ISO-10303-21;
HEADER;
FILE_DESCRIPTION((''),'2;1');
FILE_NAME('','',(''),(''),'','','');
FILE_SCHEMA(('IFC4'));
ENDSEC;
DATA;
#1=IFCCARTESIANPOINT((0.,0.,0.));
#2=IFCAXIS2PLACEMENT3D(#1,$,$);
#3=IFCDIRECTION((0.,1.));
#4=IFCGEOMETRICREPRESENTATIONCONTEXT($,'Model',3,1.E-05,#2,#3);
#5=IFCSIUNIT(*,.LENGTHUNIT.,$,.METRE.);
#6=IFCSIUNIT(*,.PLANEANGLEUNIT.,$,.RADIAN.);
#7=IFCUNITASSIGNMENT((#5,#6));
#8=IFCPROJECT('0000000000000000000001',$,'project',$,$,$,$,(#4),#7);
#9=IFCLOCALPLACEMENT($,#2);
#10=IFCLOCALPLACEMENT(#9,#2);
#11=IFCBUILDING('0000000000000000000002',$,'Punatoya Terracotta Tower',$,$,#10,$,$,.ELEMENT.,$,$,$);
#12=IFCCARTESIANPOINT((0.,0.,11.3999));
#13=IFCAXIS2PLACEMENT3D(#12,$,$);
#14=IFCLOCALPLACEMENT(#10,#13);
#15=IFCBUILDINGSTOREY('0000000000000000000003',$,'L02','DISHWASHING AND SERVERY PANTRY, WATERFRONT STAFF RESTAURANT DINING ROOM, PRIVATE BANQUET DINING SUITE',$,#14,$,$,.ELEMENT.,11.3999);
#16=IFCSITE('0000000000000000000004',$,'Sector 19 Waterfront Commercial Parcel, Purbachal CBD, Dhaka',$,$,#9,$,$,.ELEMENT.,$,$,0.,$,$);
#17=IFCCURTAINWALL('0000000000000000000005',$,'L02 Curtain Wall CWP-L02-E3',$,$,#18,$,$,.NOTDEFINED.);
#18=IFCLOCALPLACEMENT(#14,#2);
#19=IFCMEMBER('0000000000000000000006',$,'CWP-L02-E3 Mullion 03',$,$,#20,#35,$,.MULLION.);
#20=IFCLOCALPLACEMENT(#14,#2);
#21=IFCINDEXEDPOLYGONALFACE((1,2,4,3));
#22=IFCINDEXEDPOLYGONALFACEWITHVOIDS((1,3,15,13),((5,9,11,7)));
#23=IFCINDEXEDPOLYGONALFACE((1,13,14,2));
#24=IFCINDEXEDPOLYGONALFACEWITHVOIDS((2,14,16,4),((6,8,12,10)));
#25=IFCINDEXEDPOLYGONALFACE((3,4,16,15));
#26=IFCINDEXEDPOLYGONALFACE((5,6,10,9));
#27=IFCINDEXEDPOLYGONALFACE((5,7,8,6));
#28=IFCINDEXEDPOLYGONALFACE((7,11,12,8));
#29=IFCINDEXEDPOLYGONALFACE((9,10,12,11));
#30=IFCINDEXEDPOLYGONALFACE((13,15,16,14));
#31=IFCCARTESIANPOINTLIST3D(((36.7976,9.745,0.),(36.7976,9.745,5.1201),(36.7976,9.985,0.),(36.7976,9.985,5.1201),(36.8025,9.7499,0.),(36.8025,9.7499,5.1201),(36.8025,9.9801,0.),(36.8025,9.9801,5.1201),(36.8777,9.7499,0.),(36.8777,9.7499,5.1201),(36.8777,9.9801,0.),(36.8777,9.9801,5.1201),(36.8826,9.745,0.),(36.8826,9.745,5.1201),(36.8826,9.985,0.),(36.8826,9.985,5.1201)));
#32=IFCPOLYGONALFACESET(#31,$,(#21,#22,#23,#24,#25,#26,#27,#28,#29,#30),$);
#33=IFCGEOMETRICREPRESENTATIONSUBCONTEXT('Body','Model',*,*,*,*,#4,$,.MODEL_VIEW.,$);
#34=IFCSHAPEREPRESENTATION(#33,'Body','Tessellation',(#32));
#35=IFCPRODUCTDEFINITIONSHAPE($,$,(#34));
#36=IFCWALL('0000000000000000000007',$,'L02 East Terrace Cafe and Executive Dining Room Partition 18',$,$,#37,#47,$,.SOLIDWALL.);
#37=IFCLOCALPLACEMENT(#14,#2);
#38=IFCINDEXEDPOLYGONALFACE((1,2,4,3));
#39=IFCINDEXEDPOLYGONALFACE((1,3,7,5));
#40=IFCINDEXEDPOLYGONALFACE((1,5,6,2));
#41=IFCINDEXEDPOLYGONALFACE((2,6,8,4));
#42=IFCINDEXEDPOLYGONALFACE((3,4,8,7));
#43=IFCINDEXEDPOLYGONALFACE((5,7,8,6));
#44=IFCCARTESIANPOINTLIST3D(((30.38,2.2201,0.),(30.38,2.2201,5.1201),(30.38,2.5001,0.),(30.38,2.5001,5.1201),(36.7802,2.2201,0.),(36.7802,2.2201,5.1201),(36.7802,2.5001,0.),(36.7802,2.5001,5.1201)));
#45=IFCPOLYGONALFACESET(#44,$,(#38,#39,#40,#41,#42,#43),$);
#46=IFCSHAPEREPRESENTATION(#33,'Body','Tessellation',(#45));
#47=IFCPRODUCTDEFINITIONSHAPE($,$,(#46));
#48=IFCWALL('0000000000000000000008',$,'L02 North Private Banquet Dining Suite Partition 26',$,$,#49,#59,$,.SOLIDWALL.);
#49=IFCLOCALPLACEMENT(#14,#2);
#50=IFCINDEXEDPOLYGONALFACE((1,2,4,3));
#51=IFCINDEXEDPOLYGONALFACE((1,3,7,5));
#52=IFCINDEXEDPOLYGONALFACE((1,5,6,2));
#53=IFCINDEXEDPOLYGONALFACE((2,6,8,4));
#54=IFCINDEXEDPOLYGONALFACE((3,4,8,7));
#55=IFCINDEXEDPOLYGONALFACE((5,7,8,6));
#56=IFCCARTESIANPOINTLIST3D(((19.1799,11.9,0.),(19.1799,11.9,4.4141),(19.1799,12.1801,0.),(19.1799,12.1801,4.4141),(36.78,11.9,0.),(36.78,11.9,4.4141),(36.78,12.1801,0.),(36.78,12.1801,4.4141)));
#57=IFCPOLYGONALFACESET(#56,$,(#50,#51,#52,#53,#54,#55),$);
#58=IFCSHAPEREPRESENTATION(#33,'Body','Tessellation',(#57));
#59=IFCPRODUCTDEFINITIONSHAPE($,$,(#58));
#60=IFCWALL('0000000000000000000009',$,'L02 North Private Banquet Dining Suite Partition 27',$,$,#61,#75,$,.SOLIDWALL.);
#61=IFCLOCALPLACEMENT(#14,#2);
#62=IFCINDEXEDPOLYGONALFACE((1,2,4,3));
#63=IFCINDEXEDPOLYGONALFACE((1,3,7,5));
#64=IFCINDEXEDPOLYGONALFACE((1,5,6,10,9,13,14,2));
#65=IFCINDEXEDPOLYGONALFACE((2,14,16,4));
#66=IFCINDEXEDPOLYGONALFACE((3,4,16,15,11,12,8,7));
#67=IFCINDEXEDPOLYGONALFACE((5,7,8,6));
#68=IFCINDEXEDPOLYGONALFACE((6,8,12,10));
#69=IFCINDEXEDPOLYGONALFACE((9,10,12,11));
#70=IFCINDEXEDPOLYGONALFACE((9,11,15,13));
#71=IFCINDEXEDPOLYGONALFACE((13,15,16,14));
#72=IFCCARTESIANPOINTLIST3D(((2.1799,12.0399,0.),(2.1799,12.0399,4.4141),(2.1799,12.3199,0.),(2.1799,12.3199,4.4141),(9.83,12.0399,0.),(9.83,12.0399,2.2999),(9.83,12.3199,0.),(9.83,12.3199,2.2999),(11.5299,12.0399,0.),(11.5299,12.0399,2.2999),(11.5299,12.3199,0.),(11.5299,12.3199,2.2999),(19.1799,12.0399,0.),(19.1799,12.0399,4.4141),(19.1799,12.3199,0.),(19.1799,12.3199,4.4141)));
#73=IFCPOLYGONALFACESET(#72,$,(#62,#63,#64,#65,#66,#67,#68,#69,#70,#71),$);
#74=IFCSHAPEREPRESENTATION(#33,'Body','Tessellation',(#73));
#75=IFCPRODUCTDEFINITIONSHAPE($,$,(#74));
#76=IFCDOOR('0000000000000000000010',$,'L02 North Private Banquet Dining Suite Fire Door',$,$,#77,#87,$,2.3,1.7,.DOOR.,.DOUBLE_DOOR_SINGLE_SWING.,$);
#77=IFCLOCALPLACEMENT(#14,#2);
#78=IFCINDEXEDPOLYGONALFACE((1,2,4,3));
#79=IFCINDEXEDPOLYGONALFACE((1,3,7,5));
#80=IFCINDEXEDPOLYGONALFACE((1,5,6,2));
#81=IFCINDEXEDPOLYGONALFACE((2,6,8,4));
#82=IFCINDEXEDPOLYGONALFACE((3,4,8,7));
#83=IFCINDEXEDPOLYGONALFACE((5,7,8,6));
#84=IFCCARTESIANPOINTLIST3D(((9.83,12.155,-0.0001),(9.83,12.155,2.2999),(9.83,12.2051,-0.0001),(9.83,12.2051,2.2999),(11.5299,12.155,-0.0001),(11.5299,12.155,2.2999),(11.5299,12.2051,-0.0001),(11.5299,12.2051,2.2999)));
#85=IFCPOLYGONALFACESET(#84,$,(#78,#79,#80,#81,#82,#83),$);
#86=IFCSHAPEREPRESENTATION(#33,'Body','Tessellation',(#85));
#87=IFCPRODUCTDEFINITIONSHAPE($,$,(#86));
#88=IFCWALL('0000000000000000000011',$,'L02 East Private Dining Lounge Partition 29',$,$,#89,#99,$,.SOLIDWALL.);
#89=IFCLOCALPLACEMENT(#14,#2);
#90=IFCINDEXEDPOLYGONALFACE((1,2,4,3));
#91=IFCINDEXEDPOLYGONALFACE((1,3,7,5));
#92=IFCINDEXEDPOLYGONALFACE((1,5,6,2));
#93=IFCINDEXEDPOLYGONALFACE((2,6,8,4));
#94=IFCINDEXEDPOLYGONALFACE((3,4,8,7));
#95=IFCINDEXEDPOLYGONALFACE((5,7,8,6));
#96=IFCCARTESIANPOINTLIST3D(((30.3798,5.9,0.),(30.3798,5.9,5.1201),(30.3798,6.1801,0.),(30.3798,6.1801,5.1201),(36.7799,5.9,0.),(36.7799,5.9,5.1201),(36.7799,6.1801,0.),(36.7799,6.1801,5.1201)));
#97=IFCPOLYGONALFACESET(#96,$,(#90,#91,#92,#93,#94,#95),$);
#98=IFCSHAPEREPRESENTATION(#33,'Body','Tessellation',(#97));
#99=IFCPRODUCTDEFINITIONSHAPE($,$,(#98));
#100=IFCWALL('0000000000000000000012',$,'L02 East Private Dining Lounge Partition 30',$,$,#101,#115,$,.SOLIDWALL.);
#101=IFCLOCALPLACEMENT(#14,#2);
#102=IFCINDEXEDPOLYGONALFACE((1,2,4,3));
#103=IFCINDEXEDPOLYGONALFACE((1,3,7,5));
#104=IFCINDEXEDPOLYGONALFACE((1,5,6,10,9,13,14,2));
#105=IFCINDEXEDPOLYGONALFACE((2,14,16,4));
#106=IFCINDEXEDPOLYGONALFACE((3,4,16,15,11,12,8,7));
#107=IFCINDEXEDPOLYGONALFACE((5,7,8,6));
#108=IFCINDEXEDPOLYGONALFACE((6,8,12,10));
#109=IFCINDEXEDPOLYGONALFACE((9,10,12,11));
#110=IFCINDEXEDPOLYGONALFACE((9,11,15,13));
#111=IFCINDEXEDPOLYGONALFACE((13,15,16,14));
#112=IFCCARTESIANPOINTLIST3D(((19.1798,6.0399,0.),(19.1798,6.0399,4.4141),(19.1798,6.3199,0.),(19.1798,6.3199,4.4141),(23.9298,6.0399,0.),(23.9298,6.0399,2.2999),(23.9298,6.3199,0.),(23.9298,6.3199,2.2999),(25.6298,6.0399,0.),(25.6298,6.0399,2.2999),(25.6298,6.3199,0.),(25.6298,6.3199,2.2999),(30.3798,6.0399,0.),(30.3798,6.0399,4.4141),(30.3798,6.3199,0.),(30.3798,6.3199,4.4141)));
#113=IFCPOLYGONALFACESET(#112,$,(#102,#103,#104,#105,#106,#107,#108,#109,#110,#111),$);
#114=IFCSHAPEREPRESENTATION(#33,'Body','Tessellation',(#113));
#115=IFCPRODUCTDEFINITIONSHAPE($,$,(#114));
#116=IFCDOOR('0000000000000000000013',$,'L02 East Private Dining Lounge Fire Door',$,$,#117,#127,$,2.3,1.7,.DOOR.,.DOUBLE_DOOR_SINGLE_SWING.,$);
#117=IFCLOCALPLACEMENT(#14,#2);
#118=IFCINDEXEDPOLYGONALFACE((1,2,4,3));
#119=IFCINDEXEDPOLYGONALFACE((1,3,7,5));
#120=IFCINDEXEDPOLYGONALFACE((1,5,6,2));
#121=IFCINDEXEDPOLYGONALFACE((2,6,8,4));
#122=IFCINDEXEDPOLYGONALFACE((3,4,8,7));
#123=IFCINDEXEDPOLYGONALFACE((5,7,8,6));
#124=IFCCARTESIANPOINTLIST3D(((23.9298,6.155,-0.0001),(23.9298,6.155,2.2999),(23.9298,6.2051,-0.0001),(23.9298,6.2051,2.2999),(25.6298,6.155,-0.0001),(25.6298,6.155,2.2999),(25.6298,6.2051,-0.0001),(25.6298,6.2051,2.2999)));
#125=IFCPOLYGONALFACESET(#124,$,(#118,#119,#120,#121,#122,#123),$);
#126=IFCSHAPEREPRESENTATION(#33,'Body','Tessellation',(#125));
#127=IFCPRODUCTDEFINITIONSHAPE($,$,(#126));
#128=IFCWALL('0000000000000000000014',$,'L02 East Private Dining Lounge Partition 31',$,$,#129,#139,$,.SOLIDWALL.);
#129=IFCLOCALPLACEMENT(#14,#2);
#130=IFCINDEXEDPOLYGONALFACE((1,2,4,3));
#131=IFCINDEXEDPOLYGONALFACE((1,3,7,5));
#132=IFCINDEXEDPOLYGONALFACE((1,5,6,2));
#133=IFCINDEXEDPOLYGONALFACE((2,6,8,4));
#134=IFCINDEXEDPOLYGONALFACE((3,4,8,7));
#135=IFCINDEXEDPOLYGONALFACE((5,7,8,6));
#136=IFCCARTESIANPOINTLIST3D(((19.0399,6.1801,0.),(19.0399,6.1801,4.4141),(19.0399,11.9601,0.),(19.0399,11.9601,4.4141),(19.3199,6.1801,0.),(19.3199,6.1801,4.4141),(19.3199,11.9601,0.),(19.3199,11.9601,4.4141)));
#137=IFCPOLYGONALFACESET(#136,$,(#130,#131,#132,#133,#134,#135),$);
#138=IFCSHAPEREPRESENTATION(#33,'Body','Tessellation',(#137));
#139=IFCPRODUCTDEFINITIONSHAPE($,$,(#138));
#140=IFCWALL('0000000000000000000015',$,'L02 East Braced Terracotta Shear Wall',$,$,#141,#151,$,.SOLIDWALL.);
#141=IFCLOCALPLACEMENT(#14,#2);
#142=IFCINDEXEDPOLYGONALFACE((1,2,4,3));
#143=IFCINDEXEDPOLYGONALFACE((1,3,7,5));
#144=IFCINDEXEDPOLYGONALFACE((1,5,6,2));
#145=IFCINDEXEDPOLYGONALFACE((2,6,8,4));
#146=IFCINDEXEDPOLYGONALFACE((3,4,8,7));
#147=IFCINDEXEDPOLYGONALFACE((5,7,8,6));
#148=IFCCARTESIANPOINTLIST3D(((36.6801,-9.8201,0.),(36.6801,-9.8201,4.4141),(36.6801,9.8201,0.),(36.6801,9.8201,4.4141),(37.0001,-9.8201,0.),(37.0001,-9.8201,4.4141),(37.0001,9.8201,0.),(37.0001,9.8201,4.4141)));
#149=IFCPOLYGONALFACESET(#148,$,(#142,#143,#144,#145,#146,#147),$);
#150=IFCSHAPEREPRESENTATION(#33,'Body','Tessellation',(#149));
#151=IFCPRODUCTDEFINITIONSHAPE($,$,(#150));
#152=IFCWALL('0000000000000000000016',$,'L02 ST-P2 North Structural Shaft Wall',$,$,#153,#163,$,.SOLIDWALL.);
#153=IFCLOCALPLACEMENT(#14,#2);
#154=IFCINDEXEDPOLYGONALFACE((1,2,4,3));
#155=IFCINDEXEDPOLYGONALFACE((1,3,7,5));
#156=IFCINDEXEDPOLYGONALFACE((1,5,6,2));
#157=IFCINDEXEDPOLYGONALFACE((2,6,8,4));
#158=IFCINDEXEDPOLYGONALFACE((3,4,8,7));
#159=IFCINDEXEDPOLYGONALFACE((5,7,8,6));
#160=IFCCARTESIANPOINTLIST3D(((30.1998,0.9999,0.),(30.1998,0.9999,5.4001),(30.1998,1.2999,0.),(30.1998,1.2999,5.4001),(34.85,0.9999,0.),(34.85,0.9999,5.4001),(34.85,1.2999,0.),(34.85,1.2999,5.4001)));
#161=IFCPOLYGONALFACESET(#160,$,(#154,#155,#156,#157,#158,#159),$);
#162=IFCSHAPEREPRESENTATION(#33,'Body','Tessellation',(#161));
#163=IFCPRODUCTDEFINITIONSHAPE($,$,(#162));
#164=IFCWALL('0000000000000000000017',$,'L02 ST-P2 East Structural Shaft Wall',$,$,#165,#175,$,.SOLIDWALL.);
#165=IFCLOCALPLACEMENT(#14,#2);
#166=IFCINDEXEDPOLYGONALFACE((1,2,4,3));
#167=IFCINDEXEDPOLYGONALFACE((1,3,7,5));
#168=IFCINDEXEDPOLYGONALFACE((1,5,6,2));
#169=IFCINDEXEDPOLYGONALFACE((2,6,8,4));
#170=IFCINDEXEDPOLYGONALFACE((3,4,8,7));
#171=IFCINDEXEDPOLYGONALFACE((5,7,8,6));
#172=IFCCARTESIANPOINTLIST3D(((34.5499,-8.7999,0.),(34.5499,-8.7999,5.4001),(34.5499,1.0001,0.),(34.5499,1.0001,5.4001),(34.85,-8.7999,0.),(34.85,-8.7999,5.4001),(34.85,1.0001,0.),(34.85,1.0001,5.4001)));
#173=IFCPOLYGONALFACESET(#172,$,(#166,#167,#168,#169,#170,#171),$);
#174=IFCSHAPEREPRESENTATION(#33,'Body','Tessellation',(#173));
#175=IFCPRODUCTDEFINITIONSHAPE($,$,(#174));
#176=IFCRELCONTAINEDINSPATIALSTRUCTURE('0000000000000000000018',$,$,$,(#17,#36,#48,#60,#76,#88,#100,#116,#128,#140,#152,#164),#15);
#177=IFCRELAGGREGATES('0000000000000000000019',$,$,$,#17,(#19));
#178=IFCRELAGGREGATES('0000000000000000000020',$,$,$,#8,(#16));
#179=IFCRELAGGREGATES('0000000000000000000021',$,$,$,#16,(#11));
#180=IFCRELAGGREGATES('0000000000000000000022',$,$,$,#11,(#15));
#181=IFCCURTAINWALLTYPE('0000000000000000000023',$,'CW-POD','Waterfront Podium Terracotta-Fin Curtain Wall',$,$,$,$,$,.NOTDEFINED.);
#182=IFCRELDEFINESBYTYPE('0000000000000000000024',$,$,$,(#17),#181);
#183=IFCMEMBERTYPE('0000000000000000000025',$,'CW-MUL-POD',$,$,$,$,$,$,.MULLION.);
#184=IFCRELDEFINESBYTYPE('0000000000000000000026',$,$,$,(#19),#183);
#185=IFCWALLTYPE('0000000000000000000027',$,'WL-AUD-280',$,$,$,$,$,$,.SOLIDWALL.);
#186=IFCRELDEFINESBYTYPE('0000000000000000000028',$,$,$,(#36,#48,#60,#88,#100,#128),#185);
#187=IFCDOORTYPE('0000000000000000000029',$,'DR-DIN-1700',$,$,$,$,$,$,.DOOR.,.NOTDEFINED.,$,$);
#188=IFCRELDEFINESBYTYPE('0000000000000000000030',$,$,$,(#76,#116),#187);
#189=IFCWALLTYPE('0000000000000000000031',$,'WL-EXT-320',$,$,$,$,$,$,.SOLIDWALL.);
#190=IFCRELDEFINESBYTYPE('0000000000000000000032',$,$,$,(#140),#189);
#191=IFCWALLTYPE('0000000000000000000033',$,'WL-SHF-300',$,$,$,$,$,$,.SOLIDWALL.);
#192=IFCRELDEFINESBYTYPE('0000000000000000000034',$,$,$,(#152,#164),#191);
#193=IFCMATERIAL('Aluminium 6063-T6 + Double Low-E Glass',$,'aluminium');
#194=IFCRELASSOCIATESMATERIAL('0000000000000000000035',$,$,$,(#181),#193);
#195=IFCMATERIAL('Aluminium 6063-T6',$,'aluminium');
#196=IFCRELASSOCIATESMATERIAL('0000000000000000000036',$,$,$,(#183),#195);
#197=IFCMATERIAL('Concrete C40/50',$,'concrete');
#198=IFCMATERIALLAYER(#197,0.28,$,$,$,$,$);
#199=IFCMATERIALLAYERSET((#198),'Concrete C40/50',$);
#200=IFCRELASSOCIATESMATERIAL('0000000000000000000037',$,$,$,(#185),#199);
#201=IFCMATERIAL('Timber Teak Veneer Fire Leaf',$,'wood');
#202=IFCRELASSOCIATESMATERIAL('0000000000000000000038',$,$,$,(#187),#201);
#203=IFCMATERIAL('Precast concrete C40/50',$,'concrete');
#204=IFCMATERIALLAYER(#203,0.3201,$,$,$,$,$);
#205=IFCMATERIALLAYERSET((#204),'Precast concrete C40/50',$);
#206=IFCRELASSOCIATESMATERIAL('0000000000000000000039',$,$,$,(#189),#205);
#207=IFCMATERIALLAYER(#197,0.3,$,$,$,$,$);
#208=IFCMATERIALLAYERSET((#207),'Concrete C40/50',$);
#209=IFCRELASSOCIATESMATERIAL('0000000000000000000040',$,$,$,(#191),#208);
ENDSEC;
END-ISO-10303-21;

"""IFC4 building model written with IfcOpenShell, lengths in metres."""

from ifc_helpers import new_model, si_unit, direction, frame, frame_2d, origin, origin_2d, place, context, subcontext, project, spatial, rectangle, hollow_rectangle, extrude, material, layer, layer_set, material_profile, profile_set, type_object, element, fill, aggregate, save


model = new_model("IFC4")

# Units and contexts
model_context = context("Model", 3, precision=1e-05, world=origin(), true_north=direction((0.0, 1.0)))
body_context = subcontext(model_context, "Body", "Model", "MODEL_VIEW")
ifc_project = project(units=[si_unit("LENGTHUNIT", "METRE"), si_unit("PLANEANGLEUNIT", "RADIAN")], contexts=[model_context])

# Site, building, storey
site_placement = place(None, origin())
site = spatial("IfcSite", under=ifc_project, at=site_placement, Name="Sector 19 Waterfront Commercial Parcel, Purbachal CBD, Dhaka", CompositionType="ELEMENT", RefElevation=0.0)
building_placement = place(site_placement, origin())
building = spatial("IfcBuilding", under=site, at=building_placement, Name="Punatoya Terracotta Tower", CompositionType="ELEMENT")
storey_placement = place(building_placement, frame((0.0, 0.0, 11.3999)))
storey = spatial("IfcBuildingStorey", under=building, at=storey_placement, Name="L02", Description="DISHWASHING AND SERVERY PANTRY, WATERFRONT STAFF RESTAURANT DINING ROOM, PRIVATE BANQUET DINING SUITE", CompositionType="ELEMENT", Elevation=11.3999)

# Curtain wall, member
ifc_material_1 = material(Name="Aluminium 6063-T6 + Double Low-E Glass", Category="aluminium")
curtain_wall_type = type_object("IfcCurtainWallType", Name="CW-POD", Description="Waterfront Podium Terracotta-Fin Curtain Wall", PredefinedType="NOTDEFINED", material=ifc_material_1)
curtain_wall_placement = place(storey_placement, origin())
curtain_wall = element("IfcCurtainWall", 1, at=curtain_wall_placement, inside=storey, type_object=curtain_wall_type, Name="L02 Curtain Wall CWP-L02-E3", PredefinedType="NOTDEFINED")
ifc_material_2 = material(Name="Aluminium 6063-T6", Category="aluminium")
ifc_material_profile_1 = material_profile(ifc_material_2, hollow_rectangle(XDim=0.085, YDim=0.24, WallThickness=0.0049, at=origin_2d()))
ifc_profile_set_1 = profile_set([ifc_material_profile_1], Name="Aluminium 6063-T6")
member_type = type_object("IfcMemberType", Name="CW-MUL-POD", PredefinedType="MULLION", material=ifc_profile_set_1)
member_placement = place(storey_placement, frame((36.8401, 9.865, 0.0), z_axis=(0.0, 0.0, 1.0), x_axis=(1.0, 0.0, 0.0)))
member = element("IfcMember", 2, at=member_placement, type_object=member_type, Name="CWP-L02-E3 Mullion 03", PredefinedType="MULLION", context=body_context, shape_type="SweptSolid", body=[
    extrude(hollow_rectangle(XDim=0.085, YDim=0.24, WallThickness=0.0049, at=origin_2d()), origin(), (0.0, 0.0, 1.0), 5.1201),
])
aggregate(curtain_wall, [member])

# Walls
ifc_material_3 = material(Name="Concrete C40/50", Category="concrete")
ifc_layer_1 = layer(ifc_material_3, 0.28)
ifc_layer_set_1 = layer_set([ifc_layer_1], Name="Concrete C40/50")
wall_type_1 = type_object("IfcWallType", Name="WL-AUD-280", PredefinedType="SOLIDWALL", material=ifc_layer_set_1)
wall_1_placement = place(storey_placement, frame((30.3799, 2.3601, 0.0), z_axis=(0.0, 0.0, 1.0), x_axis=(1.0, 0.0, 0.0)))
element("IfcWall", 3, at=wall_1_placement, inside=storey, type_object=wall_type_1, Name="L02 East Terrace Cafe and Executive Dining Room Partition 18", PredefinedType="SOLIDWALL", context=body_context, shape_type="SweptSolid", body=[
    extrude(rectangle(XDim=6.4001, YDim=0.28, at=frame_2d((3.2002, 0.0))), origin(), (0.0, 0.0, 1.0), 5.1201),
])
wall_2_placement = place(storey_placement, frame((36.78, 12.04, 0.0), z_axis=(0.0, 0.0, 1.0), x_axis=(-1.0, 0.0, 0.0)))
element("IfcWall", 4, at=wall_2_placement, inside=storey, type_object=wall_type_1, Name="L02 North Private Banquet Dining Suite Partition 26", PredefinedType="SOLIDWALL", context=body_context, shape_type="SweptSolid", body=[
    extrude(rectangle(XDim=17.6001, YDim=0.28, at=frame_2d((8.8, 0.0))), origin(), (0.0, 0.0, 1.0), 4.4141),
])

# Wall, opening, door
wall_3_placement = place(storey_placement, frame((19.1799, 12.1799, 0.0), z_axis=(0.0, 0.0, 1.0), x_axis=(-1.0, 0.0, 0.0)))
wall_3 = element("IfcWall", 5, at=wall_3_placement, inside=storey, type_object=wall_type_1, Name="L02 North Private Banquet Dining Suite Partition 27", PredefinedType="SOLIDWALL", context=body_context, shape_type="SweptSolid", body=[
    extrude(rectangle(XDim=17.0, YDim=0.28, at=frame_2d((8.5, 0.0))), origin(), (0.0, 0.0, 1.0), 4.4141),
])
opening_1_placement = place(wall_3_placement, frame((7.6499, 0.0, 0.0)))
opening_1 = element("IfcOpeningElement", 6, at=opening_1_placement, cuts=wall_3, PredefinedType="OPENING", context=body_context, shape_type="SweptSolid", body=[
    extrude(rectangle(XDim=1.7, YDim=2.3, at=frame_2d((0.8501, 1.1499))), frame((0.0, 0.1499, 0.0), z_axis=(0.0, -1.0, 0.0), x_axis=(1.0, 0.0, 0.0)), (0.0, 0.0, 1.0), 0.3),
])
ifc_material_4 = material(Name="Timber Teak Veneer Fire Leaf", Category="wood")
door_type = type_object("IfcDoorType", Name="DR-DIN-1700", OperationType="NOTDEFINED", PredefinedType="DOOR", material=ifc_material_4)
door_1_placement = place(opening_1_placement, origin())
door_1 = element("IfcDoor", 7, at=door_1_placement, inside=storey, type_object=door_type, Name="L02 North Private Banquet Dining Suite Fire Door", OperationType="DOUBLE_DOOR_SINGLE_SWING", OverallHeight=2.3, OverallWidth=1.7, PredefinedType="DOOR", context=body_context, shape_type="SweptSolid", body=[
    extrude(rectangle(XDim=1.7, YDim=2.3, at=frame_2d((0.8501, 1.1499))), frame((0.0, 0.0249, 0.0), z_axis=(0.0, -1.0, 0.0), x_axis=(1.0, 0.0, 0.0)), (0.0, 0.0, 1.0), 0.05),
])
fill(opening_1, door_1)

# Wall
wall_4_placement = place(storey_placement, frame((36.78, 6.04, 0.0), z_axis=(0.0, 0.0, 1.0), x_axis=(-1.0, 0.0, 0.0)))
element("IfcWall", 8, at=wall_4_placement, inside=storey, type_object=wall_type_1, Name="L02 East Private Dining Lounge Partition 29", PredefinedType="SOLIDWALL", context=body_context, shape_type="SweptSolid", body=[
    extrude(rectangle(XDim=6.4001, YDim=0.28, at=frame_2d((3.2002, 0.0))), origin(), (0.0, 0.0, 1.0), 5.1201),
])

# Wall, opening, door
wall_5_placement = place(storey_placement, frame((30.3799, 6.1799, 0.0), z_axis=(0.0, 0.0, 1.0), x_axis=(-1.0, 0.0, 0.0)))
wall_5 = element("IfcWall", 9, at=wall_5_placement, inside=storey, type_object=wall_type_1, Name="L02 East Private Dining Lounge Partition 30", PredefinedType="SOLIDWALL", context=body_context, shape_type="SweptSolid", body=[
    extrude(rectangle(XDim=11.2, YDim=0.28, at=frame_2d((5.6001, 0.0))), origin(), (0.0, 0.0, 1.0), 4.4141),
])
opening_2_placement = place(wall_5_placement, frame((4.75, 0.0, 0.0)))
opening_2 = element("IfcOpeningElement", 10, at=opening_2_placement, cuts=wall_5, PredefinedType="OPENING", context=body_context, shape_type="SweptSolid", body=[
    extrude(rectangle(XDim=1.7, YDim=2.3, at=frame_2d((0.8501, 1.1499))), frame((0.0, 0.1499, 0.0), z_axis=(0.0, -1.0, 0.0), x_axis=(1.0, 0.0, 0.0)), (0.0, 0.0, 1.0), 0.3),
])
door_2_placement = place(opening_2_placement, origin())
door_2 = element("IfcDoor", 11, at=door_2_placement, inside=storey, type_object=door_type, Name="L02 East Private Dining Lounge Fire Door", OperationType="DOUBLE_DOOR_SINGLE_SWING", OverallHeight=2.3, OverallWidth=1.7, PredefinedType="DOOR", context=body_context, shape_type="SweptSolid", body=[
    extrude(rectangle(XDim=1.7, YDim=2.3, at=frame_2d((0.8501, 1.1499))), frame((0.0, 0.0249, 0.0), z_axis=(0.0, -1.0, 0.0), x_axis=(1.0, 0.0, 0.0)), (0.0, 0.0, 1.0), 0.05),
])
fill(opening_2, door_2)

# Walls
wall_6_placement = place(storey_placement, frame((19.1799, 6.1799, 0.0), z_axis=(0.0, 0.0, 1.0), x_axis=(0.0, 1.0, 0.0)))
element("IfcWall", 12, at=wall_6_placement, inside=storey, type_object=wall_type_1, Name="L02 East Private Dining Lounge Partition 31", PredefinedType="SOLIDWALL", context=body_context, shape_type="SweptSolid", body=[
    extrude(rectangle(XDim=5.78, YDim=0.28, at=frame_2d((2.8901, 0.0))), origin(), (0.0, 0.0, 1.0), 4.4141),
])
ifc_material_5 = material(Name="Precast concrete C40/50", Category="concrete")
ifc_layer_2 = layer(ifc_material_5, 0.3201)
ifc_layer_set_2 = layer_set([ifc_layer_2], Name="Precast concrete C40/50")
wall_type_2 = type_object("IfcWallType", Name="WL-EXT-320", PredefinedType="SOLIDWALL", material=ifc_layer_set_2)
wall_7_placement = place(storey_placement, frame((36.8401, 9.8201, 0.0), z_axis=(0.0, 0.0, 1.0), x_axis=(0.0, -1.0, 0.0)))
element("IfcWall", 13, at=wall_7_placement, inside=storey, type_object=wall_type_2, Name="L02 East Braced Terracotta Shear Wall", PredefinedType="SOLIDWALL", context=body_context, shape_type="SweptSolid", body=[
    extrude(rectangle(XDim=19.6401, YDim=0.3201, at=frame_2d((9.8201, 0.0))), origin(), (0.0, 0.0, 1.0), 4.4141),
])
ifc_layer_3 = layer(ifc_material_3, 0.3)
ifc_layer_set_3 = layer_set([ifc_layer_3], Name="Concrete C40/50")
wall_type_3 = type_object("IfcWallType", Name="WL-SHF-300", PredefinedType="SOLIDWALL", material=ifc_layer_set_3)
wall_8_placement = place(storey_placement, frame((34.8501, 1.1499, 0.0), z_axis=(0.0, 0.0, 1.0), x_axis=(-1.0, 0.0, 0.0)))
element("IfcWall", 14, at=wall_8_placement, inside=storey, type_object=wall_type_3, Name="L02 ST-P2 North Structural Shaft Wall", PredefinedType="SOLIDWALL", context=body_context, shape_type="SweptSolid", body=[
    extrude(rectangle(XDim=4.6501, YDim=0.3, at=frame_2d((2.3252, 0.0))), origin(), (0.0, 0.0, 1.0), 5.4001),
])
wall_9_placement = place(storey_placement, frame((34.7, 1.0, 0.0), z_axis=(0.0, 0.0, 1.0), x_axis=(0.0, -1.0, 0.0)))
element("IfcWall", 15, at=wall_9_placement, inside=storey, type_object=wall_type_3, Name="L02 ST-P2 East Structural Shaft Wall", PredefinedType="SOLIDWALL", context=body_context, shape_type="SweptSolid", body=[
    extrude(rectangle(XDim=9.8, YDim=0.3, at=frame_2d((4.8999, 0.0))), origin(), (0.0, 0.0, 1.0), 5.4001),
])

save(model, "model.ifc")
